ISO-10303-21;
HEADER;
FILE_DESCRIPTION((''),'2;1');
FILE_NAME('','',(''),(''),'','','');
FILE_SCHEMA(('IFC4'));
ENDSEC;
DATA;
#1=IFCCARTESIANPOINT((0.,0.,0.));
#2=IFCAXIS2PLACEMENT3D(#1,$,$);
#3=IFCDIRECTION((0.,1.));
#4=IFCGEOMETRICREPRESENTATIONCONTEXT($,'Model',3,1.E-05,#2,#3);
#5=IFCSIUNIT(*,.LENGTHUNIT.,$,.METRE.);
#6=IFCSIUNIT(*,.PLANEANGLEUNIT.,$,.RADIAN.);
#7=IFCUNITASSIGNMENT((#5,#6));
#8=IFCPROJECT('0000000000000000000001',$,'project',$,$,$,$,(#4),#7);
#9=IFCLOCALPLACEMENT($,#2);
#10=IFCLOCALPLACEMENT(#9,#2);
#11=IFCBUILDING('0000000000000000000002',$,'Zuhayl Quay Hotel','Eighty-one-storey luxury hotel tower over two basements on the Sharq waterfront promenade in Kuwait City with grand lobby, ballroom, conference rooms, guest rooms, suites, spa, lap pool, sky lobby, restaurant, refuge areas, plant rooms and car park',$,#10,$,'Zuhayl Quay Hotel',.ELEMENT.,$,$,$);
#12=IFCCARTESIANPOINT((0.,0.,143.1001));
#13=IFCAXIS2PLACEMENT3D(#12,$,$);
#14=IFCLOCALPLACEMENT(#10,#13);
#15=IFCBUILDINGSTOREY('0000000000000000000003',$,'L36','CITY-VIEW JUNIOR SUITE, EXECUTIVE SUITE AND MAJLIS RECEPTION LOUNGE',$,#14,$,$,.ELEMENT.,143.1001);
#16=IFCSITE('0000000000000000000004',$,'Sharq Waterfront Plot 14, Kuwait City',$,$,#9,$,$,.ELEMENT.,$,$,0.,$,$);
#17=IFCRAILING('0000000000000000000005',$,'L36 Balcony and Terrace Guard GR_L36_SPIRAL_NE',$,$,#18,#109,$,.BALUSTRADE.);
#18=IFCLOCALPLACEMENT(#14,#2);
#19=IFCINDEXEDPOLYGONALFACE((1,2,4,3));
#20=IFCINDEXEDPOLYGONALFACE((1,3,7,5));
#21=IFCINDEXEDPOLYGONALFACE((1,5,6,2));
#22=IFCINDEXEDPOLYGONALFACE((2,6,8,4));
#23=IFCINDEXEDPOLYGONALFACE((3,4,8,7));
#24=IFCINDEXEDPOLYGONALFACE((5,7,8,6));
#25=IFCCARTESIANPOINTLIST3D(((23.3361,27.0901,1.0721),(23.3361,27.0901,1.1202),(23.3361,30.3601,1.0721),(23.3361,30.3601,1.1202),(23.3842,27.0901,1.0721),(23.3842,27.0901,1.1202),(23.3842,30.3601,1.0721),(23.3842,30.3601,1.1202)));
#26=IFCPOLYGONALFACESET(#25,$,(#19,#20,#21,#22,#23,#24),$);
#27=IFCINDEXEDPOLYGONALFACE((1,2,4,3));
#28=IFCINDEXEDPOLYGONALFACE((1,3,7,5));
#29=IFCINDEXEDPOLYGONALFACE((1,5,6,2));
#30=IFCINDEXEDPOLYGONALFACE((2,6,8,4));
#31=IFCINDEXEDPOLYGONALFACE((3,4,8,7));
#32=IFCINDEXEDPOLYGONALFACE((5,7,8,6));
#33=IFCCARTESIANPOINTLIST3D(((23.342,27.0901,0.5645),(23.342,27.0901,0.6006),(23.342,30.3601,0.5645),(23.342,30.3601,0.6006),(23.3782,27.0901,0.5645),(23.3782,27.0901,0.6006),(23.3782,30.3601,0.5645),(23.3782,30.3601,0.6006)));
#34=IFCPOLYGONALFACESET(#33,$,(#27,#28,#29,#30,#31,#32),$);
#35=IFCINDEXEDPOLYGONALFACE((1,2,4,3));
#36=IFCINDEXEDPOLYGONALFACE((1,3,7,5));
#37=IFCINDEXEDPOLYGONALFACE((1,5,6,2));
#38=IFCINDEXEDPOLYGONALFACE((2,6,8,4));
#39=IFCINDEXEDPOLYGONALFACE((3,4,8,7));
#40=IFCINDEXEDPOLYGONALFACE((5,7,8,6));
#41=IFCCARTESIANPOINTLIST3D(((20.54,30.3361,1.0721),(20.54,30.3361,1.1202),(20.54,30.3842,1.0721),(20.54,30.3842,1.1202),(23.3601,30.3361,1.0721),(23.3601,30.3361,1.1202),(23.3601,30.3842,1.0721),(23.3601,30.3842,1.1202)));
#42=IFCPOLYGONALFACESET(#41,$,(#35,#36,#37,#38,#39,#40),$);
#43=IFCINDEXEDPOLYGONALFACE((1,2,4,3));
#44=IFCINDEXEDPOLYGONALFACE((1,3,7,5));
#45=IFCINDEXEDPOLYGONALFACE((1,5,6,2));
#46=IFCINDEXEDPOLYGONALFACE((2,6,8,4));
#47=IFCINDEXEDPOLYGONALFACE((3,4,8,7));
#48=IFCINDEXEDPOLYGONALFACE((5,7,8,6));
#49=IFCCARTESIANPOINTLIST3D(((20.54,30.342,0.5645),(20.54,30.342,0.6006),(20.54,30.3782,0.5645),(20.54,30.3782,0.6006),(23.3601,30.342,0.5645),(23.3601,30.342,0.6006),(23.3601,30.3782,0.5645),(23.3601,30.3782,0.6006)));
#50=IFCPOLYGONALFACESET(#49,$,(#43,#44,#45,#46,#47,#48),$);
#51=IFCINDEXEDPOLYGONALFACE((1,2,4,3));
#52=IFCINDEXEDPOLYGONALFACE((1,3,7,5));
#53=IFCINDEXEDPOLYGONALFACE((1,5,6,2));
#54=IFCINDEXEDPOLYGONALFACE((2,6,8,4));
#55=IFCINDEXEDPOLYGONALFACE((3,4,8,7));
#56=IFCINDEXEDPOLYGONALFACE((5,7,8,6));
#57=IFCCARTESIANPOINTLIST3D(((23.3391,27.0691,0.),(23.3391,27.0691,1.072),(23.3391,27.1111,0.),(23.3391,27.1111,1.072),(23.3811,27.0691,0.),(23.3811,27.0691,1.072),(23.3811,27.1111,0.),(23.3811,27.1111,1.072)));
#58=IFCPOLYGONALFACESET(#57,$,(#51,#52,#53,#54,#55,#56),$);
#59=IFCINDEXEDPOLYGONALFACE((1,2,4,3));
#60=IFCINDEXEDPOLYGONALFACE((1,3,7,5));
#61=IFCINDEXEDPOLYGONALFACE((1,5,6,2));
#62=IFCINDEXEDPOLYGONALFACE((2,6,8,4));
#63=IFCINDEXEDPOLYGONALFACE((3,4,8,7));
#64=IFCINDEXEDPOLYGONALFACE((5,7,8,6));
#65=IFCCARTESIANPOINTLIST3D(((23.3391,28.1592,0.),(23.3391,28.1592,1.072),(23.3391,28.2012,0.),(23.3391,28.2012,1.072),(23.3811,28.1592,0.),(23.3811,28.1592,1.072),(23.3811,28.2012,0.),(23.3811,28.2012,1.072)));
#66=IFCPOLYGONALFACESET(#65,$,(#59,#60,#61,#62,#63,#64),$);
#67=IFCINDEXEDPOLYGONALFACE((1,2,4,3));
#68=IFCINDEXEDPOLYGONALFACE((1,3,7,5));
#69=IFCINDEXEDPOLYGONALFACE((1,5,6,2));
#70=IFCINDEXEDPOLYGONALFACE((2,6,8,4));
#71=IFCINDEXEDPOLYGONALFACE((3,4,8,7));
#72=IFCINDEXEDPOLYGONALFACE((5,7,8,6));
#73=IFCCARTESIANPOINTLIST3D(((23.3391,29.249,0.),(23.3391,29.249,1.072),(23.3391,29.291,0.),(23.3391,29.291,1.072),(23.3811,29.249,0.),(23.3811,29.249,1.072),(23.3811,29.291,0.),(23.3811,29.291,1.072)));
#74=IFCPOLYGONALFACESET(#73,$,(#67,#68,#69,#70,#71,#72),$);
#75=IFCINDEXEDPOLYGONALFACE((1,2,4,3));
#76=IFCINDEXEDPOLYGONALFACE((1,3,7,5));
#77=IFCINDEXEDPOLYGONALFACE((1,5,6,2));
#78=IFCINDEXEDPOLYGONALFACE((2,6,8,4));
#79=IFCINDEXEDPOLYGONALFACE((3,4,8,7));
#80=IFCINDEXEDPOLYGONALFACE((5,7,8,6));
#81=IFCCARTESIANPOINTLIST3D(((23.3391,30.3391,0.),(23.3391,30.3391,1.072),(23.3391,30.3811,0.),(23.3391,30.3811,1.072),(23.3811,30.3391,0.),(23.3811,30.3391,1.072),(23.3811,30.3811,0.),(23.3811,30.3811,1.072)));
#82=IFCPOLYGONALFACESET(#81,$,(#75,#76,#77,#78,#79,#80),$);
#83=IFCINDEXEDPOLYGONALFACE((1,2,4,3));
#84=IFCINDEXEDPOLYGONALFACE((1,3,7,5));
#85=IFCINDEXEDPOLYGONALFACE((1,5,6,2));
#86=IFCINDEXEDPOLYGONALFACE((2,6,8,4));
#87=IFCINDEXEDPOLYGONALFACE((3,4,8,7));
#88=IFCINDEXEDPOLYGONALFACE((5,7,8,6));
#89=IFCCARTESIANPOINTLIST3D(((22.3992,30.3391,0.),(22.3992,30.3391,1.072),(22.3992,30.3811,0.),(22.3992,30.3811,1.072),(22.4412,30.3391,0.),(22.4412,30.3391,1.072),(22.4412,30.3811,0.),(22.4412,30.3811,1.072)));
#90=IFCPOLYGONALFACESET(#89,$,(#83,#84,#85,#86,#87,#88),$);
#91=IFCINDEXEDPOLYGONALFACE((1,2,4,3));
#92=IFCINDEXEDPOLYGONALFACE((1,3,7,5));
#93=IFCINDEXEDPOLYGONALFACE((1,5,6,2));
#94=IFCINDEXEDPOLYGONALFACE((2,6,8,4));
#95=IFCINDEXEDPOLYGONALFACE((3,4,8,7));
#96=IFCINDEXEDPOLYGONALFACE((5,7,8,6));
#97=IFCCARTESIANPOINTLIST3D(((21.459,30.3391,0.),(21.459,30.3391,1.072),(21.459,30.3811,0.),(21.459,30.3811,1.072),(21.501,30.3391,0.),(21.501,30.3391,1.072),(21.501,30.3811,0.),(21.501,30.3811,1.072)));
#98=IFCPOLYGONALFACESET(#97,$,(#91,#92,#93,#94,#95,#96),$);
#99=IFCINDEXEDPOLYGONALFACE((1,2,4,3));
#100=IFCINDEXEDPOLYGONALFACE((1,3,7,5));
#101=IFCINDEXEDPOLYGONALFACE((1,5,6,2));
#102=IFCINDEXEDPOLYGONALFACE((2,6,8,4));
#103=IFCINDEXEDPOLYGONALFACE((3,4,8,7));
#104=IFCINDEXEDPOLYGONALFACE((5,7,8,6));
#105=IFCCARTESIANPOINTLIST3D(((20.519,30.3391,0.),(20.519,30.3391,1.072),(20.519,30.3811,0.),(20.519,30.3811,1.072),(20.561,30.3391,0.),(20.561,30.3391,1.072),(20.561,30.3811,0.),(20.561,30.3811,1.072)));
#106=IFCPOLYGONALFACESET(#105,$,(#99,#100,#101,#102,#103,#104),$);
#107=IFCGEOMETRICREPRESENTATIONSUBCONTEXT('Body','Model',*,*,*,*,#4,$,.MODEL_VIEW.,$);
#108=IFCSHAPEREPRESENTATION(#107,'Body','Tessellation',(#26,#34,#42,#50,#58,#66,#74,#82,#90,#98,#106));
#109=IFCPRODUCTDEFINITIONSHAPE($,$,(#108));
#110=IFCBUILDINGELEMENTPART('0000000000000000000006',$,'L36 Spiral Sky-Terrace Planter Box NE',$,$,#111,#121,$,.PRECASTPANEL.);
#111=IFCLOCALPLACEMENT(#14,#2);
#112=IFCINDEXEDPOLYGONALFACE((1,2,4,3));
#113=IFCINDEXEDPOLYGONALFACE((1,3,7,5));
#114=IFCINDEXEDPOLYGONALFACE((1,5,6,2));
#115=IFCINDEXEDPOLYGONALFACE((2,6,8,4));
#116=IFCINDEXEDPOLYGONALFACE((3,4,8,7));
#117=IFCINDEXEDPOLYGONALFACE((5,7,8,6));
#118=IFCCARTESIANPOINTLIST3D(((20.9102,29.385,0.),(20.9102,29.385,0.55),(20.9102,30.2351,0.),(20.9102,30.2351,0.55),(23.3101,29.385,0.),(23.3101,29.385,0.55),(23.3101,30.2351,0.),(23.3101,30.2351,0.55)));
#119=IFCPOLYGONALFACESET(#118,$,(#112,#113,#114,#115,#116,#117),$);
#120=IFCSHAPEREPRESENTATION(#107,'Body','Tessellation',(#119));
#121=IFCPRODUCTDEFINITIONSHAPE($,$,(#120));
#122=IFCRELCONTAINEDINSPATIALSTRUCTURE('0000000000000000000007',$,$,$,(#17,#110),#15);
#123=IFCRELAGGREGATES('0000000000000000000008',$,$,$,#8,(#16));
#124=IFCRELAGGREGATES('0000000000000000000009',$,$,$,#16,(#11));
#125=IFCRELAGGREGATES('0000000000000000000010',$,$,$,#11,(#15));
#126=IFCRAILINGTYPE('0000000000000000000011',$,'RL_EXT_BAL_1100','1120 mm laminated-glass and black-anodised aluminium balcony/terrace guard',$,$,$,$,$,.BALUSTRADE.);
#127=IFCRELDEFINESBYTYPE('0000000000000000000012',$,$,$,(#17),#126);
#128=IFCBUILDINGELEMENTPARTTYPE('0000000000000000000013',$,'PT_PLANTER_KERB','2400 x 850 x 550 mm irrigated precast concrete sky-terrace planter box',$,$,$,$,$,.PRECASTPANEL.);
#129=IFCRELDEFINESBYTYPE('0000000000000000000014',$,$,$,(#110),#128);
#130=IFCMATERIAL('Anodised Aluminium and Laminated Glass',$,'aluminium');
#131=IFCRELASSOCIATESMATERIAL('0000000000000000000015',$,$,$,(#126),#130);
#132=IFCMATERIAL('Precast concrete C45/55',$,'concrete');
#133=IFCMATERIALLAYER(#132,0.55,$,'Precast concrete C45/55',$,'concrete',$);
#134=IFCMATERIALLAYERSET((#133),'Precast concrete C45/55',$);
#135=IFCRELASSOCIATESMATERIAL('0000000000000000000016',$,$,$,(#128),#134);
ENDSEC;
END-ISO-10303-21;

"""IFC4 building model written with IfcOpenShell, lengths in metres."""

from ifc_helpers import new_model, si_unit, direction, frame, origin, origin_2d, place, context, subcontext, project, spatial, rectangle, extrude, material, layer, layer_set, type_object, element, save


model = new_model("IFC4")

# Units and contexts
model_context = context("Model", 3, precision=1e-05, world=origin(), true_north=direction((0.0, 1.0)))
body_context = subcontext(model_context, "Body", "Model", "MODEL_VIEW")
ifc_project = project(units=[si_unit("LENGTHUNIT", "METRE"), si_unit("PLANEANGLEUNIT", "RADIAN")], contexts=[model_context])

# Site, building, storey
site_placement = place(None, origin())
site = spatial("IfcSite", under=ifc_project, at=site_placement, Name="Sharq Waterfront Plot 14, Kuwait City", CompositionType="ELEMENT", RefElevation=0.0)
building_placement = place(site_placement, origin())
building = spatial("IfcBuilding", under=site, at=building_placement, Name="Zuhayl Quay Hotel", Description="Eighty-one-storey luxury hotel tower over two basements on the Sharq waterfront promenade in Kuwait City with grand lobby, ballroom, conference rooms, guest rooms, suites, spa, lap pool, sky lobby, restaurant, refuge areas, plant rooms and car park", LongName="Zuhayl Quay Hotel", CompositionType="ELEMENT")
storey_placement = place(building_placement, frame((0.0, 0.0, 143.1001)))
storey = spatial("IfcBuildingStorey", under=building, at=storey_placement, Name="L36", Description="CITY-VIEW JUNIOR SUITE, EXECUTIVE SUITE AND MAJLIS RECEPTION LOUNGE", CompositionType="ELEMENT", Elevation=143.1001)

# Shared definitions
ifc_material_1 = material(Name="Precast concrete C45/55", Category="concrete")

# Railing
ifc_material_2 = material(Name="Anodised Aluminium and Laminated Glass", Category="aluminium")
railing_type = type_object("IfcRailingType", Name="RL_EXT_BAL_1100", Description="1120 mm laminated-glass and black-anodised aluminium balcony/terrace guard", PredefinedType="BALUSTRADE", material=ifc_material_2)
railing_placement = place(storey_placement, frame((23.3601, 27.0901, 0.0)))
element("IfcRailing", 1, at=railing_placement, inside=storey, type_object=railing_type, Name="L36 Balcony and Terrace Guard GR_L36_SPIRAL_NE", PredefinedType="BALUSTRADE", context=body_context, shape_type="SweptSolid", body=[
    extrude(rectangle(XDim=0.0481, YDim=0.0481, at=origin_2d()), frame((0.0, 0.0, 1.0962), z_axis=(0.0, 1.0, 0.0), x_axis=(-1.0, 0.0, 0.0)), (0.0, 0.0, 1.0), 3.27),
    extrude(rectangle(XDim=0.0361, YDim=0.0361, at=origin_2d()), frame((0.0, 0.0, 0.5825), z_axis=(0.0, 1.0, 0.0), x_axis=(-1.0, 0.0, 0.0)), (0.0, 0.0, 1.0), 3.27),
    extrude(rectangle(XDim=0.0481, YDim=0.0481, at=origin_2d()), frame((0.0, 3.27, 1.0962), z_axis=(-1.0, 0.0, 0.0), x_axis=(0.0, -1.0, 0.0)), (0.0, 0.0, 1.0), 2.8201),
    extrude(rectangle(XDim=0.0361, YDim=0.0361, at=origin_2d()), frame((0.0, 3.27, 0.5825), z_axis=(-1.0, 0.0, 0.0), x_axis=(0.0, -1.0, 0.0)), (0.0, 0.0, 1.0), 2.8201),
    extrude(rectangle(XDim=0.042, YDim=0.042, at=origin_2d()), origin(), (0.0, 0.0, 1.0), 1.072),
    extrude(rectangle(XDim=0.042, YDim=0.042, at=origin_2d()), frame((0.0, 1.0901, 0.0)), (0.0, 0.0, 1.0), 1.072),
    extrude(rectangle(XDim=0.042, YDim=0.042, at=origin_2d()), frame((0.0, 2.1799, 0.0)), (0.0, 0.0, 1.0), 1.072),
    extrude(rectangle(XDim=0.042, YDim=0.042, at=origin_2d()), frame((0.0, 3.27, 0.0)), (0.0, 0.0, 1.0), 1.072),
    extrude(rectangle(XDim=0.042, YDim=0.042, at=origin_2d()), frame((-0.9399, 3.27, 0.0)), (0.0, 0.0, 1.0), 1.072),
    extrude(rectangle(XDim=0.042, YDim=0.042, at=origin_2d()), frame((-1.8801, 3.27, 0.0)), (0.0, 0.0, 1.0), 1.072),
    extrude(rectangle(XDim=0.042, YDim=0.042, at=origin_2d()), frame((-2.8201, 3.27, 0.0)), (0.0, 0.0, 1.0), 1.072),
])

# Building element part
ifc_layer_1 = layer(ifc_material_1, 0.55, Name="Precast concrete C45/55", Category="concrete")
ifc_layer_set_1 = layer_set([ifc_layer_1], Name="Precast concrete C45/55")
building_element_part_type = type_object("IfcBuildingElementPartType", Name="PT_PLANTER_KERB", Description="2400 x 850 x 550 mm irrigated precast concrete sky-terrace planter box", PredefinedType="PRECASTPANEL", material=ifc_layer_set_1)
building_element_part_placement = place(storey_placement, frame((22.1101, 29.8101, 0.0), z_axis=(0.0, 0.0, 1.0), x_axis=(1.0, 0.0, 0.0)))
element("IfcBuildingElementPart", 2, at=building_element_part_placement, inside=storey, type_object=building_element_part_type, Name="L36 Spiral Sky-Terrace Planter Box NE", PredefinedType="PRECASTPANEL", context=body_context, shape_type="SweptSolid", body=[
    extrude(rectangle(XDim=2.3999, YDim=0.8501, at=origin_2d()), origin(), (0.0, 0.0, 1.0), 0.55),
])

save(model, "model.ifc")
